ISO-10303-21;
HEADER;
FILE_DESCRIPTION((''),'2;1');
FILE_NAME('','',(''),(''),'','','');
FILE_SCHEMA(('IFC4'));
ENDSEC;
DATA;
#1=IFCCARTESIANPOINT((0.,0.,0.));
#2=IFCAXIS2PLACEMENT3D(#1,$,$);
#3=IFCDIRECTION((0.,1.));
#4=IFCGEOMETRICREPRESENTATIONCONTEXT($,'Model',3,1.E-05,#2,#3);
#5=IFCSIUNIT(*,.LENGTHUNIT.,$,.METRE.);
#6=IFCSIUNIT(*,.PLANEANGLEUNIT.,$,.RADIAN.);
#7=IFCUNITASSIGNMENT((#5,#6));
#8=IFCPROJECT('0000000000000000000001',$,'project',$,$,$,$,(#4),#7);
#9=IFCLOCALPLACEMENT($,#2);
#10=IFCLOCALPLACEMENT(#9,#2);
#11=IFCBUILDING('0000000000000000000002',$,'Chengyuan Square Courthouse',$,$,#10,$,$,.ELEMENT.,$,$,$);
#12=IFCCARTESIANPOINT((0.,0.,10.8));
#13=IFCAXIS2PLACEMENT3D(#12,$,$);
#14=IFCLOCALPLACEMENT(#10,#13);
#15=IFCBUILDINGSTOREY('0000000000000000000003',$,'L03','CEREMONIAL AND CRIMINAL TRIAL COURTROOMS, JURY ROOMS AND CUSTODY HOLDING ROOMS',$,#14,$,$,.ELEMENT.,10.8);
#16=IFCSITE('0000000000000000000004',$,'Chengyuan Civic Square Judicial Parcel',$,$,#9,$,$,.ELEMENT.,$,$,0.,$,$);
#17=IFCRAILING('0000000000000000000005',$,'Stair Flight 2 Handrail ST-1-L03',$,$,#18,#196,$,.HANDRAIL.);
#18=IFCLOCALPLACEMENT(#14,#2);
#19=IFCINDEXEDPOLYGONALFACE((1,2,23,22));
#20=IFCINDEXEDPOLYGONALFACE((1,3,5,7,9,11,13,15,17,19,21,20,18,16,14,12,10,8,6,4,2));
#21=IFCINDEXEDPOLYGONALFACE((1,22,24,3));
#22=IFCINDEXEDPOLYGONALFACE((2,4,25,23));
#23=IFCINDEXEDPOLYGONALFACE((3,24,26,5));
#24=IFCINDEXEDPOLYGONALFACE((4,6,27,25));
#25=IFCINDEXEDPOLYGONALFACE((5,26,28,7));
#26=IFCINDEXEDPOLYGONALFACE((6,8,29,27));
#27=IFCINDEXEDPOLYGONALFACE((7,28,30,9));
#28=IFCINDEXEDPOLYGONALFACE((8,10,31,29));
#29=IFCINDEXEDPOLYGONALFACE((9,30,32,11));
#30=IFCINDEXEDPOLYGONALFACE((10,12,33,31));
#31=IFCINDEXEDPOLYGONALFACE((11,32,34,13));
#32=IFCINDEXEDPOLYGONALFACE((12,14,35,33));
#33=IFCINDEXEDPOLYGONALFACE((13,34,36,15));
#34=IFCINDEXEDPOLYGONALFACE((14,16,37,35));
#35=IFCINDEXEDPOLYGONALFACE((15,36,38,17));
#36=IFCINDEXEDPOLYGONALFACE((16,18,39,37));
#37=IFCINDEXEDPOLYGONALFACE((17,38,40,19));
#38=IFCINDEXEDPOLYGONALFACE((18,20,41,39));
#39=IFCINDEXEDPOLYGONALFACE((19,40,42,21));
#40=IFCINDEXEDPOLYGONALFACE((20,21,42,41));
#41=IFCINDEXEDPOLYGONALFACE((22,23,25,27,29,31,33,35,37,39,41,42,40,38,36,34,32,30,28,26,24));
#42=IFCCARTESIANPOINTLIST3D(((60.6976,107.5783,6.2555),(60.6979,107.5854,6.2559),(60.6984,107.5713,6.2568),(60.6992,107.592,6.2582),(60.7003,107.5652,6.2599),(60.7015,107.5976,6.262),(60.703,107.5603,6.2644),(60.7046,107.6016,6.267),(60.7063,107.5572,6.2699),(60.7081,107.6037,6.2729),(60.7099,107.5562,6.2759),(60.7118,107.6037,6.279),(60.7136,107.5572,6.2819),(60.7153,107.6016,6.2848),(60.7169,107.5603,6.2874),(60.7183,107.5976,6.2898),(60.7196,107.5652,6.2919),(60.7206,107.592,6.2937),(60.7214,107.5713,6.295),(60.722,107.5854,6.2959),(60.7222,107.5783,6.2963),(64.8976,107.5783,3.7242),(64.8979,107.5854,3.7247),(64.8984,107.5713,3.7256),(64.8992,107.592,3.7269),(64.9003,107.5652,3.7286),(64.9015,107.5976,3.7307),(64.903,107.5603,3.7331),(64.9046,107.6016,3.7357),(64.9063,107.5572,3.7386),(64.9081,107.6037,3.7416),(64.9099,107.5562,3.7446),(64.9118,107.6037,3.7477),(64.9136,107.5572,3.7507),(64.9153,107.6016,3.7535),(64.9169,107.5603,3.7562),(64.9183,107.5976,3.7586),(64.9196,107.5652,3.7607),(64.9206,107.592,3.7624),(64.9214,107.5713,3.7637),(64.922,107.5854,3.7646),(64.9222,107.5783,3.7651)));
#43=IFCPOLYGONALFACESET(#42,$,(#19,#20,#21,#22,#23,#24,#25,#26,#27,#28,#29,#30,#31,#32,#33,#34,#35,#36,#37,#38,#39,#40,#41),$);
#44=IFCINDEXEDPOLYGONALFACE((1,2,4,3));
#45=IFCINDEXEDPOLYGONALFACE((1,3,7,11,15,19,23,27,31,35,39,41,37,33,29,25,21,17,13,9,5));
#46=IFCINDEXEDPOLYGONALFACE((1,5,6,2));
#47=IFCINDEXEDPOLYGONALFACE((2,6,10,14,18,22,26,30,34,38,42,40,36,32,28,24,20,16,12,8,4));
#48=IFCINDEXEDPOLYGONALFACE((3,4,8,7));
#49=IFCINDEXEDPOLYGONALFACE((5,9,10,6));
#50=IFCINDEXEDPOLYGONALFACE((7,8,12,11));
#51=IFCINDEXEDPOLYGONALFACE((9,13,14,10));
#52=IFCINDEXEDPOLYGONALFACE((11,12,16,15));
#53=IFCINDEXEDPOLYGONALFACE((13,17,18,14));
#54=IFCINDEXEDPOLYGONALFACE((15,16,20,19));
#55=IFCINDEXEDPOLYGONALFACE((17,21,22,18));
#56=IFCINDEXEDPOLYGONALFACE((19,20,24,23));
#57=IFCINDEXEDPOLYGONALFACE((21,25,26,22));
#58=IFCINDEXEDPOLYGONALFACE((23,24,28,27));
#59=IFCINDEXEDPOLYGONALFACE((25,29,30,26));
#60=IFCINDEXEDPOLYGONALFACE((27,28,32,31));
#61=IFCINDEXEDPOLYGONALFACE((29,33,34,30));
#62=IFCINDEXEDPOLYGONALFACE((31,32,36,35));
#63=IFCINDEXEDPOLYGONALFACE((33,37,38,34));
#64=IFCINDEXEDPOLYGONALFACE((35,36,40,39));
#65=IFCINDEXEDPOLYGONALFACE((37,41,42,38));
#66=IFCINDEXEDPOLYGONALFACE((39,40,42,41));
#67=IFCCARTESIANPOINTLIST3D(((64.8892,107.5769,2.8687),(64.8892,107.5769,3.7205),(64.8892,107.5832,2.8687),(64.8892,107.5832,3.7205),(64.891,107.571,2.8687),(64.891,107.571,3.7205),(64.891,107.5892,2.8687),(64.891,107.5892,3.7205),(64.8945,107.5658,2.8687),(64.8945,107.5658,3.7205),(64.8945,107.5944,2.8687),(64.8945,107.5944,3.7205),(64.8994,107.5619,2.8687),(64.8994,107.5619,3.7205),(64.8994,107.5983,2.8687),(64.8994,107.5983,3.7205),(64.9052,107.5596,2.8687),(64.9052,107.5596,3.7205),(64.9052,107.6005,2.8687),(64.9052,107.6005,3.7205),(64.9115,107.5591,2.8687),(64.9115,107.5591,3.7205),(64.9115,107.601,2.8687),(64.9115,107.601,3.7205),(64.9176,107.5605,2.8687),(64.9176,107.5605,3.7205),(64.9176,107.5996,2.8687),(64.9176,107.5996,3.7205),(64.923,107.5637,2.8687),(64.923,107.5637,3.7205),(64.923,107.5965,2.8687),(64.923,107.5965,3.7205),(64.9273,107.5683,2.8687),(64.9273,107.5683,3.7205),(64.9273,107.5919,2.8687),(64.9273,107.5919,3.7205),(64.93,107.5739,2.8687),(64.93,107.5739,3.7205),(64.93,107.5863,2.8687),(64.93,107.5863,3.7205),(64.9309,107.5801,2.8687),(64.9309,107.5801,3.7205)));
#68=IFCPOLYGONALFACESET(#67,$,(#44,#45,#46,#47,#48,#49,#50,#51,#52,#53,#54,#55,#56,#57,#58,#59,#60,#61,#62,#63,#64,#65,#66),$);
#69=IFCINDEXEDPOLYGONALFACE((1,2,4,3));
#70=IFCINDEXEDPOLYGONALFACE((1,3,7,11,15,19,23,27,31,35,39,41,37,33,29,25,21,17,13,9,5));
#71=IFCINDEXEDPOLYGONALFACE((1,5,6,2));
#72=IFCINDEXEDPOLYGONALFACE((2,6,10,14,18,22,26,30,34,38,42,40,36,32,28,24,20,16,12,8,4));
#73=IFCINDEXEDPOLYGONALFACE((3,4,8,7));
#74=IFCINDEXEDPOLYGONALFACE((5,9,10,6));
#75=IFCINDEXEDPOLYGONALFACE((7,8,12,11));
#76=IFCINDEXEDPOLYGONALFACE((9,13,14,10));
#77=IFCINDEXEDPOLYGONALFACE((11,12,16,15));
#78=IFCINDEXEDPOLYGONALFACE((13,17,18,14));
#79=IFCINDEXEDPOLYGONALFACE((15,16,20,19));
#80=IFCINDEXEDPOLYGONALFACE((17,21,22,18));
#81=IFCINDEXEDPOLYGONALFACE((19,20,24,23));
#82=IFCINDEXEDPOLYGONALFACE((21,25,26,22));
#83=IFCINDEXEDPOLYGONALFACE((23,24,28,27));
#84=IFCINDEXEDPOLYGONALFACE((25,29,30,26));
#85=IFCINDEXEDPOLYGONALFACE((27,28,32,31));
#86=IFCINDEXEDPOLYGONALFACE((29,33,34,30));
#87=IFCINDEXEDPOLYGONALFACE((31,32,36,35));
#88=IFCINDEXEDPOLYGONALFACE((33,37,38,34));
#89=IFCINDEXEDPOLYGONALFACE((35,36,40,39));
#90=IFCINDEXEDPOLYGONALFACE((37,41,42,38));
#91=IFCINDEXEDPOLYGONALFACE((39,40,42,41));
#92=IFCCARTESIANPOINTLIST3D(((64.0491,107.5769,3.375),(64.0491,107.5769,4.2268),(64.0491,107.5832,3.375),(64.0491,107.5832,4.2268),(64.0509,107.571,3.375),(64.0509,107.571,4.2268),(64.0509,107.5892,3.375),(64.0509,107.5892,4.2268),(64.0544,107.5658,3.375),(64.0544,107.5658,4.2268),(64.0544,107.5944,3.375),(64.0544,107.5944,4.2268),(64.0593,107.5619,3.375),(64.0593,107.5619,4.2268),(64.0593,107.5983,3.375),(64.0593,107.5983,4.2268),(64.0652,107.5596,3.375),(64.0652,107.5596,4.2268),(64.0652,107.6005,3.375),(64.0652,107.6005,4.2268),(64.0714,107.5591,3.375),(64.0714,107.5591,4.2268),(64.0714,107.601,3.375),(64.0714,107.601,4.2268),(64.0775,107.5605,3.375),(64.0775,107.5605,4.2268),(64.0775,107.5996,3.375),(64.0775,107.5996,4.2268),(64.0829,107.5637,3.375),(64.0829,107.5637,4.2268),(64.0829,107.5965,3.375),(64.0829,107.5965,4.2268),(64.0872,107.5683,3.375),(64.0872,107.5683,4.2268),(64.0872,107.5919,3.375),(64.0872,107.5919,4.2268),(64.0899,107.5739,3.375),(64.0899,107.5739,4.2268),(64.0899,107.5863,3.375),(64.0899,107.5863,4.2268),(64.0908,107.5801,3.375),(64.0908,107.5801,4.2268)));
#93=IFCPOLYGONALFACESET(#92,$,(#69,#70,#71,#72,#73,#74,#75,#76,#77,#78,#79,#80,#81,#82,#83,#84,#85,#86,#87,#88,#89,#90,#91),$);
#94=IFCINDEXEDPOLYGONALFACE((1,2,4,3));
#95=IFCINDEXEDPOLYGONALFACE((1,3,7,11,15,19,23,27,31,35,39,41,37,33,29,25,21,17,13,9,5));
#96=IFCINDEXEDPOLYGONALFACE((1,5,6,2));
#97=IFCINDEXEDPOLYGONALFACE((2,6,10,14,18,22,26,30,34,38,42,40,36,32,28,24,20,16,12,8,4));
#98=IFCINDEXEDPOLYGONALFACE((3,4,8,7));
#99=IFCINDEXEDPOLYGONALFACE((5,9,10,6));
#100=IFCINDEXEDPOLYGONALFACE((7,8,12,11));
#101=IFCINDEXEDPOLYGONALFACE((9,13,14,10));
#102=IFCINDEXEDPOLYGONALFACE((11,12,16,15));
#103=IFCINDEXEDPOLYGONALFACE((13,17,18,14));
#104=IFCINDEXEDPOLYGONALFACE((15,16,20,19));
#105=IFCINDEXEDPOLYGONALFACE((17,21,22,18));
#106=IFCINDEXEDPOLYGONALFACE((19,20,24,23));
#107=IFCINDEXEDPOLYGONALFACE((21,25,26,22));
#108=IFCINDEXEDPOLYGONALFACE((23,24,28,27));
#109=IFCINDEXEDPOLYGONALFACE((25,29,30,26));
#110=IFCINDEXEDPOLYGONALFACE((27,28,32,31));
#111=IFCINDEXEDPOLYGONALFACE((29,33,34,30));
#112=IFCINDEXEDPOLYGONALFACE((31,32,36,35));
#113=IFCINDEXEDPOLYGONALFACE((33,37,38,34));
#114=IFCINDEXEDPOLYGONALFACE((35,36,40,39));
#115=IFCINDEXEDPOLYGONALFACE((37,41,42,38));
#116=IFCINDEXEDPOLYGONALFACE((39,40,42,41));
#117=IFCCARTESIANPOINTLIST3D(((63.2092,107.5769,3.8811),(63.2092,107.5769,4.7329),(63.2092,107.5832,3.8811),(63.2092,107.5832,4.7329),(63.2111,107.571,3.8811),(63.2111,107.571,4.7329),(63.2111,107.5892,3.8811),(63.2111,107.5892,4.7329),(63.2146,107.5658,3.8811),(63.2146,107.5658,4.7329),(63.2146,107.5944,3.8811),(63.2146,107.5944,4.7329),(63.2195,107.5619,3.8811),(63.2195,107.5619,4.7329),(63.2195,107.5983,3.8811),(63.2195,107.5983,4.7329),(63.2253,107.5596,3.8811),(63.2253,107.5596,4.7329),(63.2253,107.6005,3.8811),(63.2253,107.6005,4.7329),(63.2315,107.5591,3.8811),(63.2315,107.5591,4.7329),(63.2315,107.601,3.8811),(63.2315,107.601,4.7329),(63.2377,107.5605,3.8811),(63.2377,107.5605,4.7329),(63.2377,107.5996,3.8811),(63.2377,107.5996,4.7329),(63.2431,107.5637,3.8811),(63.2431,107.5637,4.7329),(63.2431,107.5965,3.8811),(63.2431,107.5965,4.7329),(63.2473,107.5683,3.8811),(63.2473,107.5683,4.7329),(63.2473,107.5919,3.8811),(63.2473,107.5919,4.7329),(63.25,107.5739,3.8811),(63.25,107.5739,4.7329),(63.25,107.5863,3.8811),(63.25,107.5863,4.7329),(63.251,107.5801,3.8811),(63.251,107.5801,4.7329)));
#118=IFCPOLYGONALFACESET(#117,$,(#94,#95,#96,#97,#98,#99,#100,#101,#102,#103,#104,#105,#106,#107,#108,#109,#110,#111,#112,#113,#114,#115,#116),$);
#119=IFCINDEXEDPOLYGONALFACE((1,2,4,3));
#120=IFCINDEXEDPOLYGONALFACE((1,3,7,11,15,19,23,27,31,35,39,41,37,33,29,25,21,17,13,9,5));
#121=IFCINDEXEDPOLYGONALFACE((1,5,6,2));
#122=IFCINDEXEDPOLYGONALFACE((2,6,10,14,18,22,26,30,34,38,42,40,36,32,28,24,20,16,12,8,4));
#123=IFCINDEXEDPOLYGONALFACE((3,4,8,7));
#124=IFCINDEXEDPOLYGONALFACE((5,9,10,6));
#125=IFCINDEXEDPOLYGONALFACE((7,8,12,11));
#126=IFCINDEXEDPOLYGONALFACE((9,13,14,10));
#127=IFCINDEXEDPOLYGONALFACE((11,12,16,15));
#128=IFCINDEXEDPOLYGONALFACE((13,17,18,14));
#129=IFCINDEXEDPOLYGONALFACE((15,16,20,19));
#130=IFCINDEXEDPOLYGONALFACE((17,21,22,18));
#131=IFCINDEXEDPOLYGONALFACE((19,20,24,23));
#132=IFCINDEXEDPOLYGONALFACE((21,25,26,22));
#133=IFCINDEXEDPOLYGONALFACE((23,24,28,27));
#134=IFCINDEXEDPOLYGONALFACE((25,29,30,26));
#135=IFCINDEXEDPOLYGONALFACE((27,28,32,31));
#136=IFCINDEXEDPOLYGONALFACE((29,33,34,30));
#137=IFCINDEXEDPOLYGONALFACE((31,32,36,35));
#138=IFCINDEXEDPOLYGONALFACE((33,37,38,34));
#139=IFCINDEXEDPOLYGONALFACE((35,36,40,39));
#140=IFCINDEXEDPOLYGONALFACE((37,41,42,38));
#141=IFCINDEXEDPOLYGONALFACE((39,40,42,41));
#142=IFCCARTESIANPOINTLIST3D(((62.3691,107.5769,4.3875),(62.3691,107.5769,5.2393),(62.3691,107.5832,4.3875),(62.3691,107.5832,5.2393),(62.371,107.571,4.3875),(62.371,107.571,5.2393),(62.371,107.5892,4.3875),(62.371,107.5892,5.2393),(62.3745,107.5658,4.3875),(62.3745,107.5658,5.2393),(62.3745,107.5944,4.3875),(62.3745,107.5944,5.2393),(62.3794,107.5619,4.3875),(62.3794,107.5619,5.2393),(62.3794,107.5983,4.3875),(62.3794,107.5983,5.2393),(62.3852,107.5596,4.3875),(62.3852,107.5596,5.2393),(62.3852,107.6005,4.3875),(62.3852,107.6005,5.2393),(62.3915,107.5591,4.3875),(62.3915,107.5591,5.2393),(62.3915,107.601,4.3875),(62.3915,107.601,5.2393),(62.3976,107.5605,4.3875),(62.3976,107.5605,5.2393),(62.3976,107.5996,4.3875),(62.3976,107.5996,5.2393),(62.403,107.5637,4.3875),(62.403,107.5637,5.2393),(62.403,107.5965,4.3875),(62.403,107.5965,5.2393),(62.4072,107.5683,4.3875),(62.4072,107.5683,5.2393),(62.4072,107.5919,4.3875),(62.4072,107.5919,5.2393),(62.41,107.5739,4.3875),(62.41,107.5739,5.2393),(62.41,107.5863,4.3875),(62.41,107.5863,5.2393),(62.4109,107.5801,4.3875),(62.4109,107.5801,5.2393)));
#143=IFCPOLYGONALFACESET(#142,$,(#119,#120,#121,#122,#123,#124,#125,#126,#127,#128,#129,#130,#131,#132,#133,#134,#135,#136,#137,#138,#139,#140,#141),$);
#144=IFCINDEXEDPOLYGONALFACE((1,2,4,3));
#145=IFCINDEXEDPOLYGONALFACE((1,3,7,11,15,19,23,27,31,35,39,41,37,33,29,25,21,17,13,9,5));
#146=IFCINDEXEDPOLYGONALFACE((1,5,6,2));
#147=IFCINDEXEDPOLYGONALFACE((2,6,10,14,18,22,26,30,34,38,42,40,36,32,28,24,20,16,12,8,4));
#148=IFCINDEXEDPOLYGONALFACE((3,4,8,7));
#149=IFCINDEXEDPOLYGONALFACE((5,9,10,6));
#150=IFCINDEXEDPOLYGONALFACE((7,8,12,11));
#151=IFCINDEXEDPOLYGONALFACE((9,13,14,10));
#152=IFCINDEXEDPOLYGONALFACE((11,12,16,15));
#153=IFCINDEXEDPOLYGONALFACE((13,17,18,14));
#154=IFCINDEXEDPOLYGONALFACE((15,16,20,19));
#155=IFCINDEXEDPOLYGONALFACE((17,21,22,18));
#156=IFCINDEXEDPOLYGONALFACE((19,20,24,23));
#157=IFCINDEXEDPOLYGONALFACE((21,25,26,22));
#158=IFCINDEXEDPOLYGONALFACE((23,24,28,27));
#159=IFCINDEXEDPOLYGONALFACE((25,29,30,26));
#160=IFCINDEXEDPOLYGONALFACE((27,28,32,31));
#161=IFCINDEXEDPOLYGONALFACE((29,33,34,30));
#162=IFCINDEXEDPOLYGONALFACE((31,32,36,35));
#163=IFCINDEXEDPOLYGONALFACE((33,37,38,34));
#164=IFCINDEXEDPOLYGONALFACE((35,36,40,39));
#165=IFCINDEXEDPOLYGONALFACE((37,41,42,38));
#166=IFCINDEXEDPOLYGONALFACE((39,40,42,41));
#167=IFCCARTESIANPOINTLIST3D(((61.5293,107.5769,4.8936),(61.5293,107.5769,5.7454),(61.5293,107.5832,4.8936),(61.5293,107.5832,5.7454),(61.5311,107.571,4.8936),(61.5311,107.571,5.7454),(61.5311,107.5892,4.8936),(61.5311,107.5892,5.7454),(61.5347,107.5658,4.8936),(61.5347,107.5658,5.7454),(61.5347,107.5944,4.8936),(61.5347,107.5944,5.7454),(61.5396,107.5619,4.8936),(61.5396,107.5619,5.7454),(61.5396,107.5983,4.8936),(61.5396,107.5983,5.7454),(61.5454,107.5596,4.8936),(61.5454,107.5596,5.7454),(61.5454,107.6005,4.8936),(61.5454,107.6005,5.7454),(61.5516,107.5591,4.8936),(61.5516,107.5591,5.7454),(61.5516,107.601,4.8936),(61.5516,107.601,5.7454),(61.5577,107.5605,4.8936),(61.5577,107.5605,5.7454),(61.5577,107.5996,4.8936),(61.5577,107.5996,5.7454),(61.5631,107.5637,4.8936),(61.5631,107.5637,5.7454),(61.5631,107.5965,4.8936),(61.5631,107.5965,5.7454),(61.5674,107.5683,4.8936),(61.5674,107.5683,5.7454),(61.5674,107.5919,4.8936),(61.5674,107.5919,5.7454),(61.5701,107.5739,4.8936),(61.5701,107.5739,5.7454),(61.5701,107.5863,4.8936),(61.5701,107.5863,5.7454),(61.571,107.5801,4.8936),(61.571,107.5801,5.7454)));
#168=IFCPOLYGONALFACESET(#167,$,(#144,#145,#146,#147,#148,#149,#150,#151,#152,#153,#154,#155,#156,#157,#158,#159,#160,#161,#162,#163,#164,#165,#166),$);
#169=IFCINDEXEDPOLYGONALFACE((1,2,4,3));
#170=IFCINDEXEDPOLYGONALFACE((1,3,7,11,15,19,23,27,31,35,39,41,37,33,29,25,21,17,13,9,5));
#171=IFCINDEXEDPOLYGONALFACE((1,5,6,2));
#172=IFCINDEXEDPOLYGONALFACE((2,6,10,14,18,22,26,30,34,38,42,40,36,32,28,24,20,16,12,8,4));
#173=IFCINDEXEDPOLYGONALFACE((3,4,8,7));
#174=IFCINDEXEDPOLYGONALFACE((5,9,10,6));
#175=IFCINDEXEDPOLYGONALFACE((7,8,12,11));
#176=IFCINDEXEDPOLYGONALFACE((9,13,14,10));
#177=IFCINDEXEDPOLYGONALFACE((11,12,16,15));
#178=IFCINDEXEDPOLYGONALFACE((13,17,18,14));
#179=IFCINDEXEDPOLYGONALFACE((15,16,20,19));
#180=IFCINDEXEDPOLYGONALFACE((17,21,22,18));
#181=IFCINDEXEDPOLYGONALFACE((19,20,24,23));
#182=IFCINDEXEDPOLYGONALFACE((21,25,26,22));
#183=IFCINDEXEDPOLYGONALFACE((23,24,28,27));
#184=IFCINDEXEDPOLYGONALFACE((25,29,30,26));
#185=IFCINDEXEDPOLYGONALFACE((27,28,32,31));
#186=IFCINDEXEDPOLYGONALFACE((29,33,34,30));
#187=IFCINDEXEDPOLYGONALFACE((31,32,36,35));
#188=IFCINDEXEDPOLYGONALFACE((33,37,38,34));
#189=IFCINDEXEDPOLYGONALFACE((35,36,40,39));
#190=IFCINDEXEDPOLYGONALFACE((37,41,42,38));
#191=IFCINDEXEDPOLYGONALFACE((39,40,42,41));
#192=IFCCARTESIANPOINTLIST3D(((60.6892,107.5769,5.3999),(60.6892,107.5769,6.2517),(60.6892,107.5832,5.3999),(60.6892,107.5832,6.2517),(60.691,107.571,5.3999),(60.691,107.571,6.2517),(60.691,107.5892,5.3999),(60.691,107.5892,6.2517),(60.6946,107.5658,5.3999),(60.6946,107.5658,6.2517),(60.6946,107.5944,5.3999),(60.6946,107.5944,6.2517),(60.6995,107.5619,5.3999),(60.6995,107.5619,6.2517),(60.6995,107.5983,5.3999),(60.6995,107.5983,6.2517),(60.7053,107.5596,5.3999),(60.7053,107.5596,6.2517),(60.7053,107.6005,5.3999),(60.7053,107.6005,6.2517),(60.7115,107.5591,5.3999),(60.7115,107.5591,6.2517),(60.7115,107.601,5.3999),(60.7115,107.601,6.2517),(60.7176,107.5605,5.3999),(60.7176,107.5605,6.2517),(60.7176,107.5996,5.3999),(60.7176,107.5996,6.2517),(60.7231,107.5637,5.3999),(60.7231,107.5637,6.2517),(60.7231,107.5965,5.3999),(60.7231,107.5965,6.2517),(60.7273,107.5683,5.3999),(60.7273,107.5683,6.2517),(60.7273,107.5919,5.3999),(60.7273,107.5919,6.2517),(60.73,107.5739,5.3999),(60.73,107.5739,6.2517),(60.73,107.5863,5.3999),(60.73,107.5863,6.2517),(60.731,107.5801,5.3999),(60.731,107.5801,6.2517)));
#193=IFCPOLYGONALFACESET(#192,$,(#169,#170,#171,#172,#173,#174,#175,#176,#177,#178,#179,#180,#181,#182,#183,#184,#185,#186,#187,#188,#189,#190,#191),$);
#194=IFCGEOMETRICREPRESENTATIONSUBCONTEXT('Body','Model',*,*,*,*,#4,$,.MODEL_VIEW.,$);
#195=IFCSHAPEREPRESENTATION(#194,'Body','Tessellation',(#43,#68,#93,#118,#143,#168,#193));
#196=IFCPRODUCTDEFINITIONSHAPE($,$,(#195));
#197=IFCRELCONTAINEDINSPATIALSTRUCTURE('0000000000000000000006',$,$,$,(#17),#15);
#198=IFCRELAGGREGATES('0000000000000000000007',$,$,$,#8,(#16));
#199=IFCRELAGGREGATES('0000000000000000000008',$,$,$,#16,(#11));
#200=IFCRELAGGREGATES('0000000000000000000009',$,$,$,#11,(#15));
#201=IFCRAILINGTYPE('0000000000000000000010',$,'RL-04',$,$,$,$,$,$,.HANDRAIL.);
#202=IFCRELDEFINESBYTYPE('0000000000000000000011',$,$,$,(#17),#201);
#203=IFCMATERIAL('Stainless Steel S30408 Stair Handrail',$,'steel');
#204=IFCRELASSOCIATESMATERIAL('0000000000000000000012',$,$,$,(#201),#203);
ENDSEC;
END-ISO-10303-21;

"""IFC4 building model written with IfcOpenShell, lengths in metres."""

from ifc_helpers import new_model, si_unit, direction, frame, origin, origin_2d, place, context, subcontext, project, spatial, circle, extrude, material, type_object, element, save


model = new_model("IFC4")

# Units and contexts
model_context = context("Model", 3, precision=1e-05, world=origin(), true_north=direction((0.0, 1.0)))
body_context = subcontext(model_context, "Body", "Model", "MODEL_VIEW")
ifc_project = project(units=[si_unit("LENGTHUNIT", "METRE"), si_unit("PLANEANGLEUNIT", "RADIAN")], contexts=[model_context])

# Site, building, storey
site_placement = place(None, origin())
site = spatial("IfcSite", under=ifc_project, at=site_placement, Name="Chengyuan Civic Square Judicial Parcel", CompositionType="ELEMENT", RefElevation=0.0)
building_placement = place(site_placement, origin())
building = spatial("IfcBuilding", under=site, at=building_placement, Name="Chengyuan Square Courthouse", CompositionType="ELEMENT")
storey_placement = place(building_placement, frame((0.0, 0.0, 10.8)))
storey = spatial("IfcBuildingStorey", under=building, at=storey_placement, Name="L03", Description="CEREMONIAL AND CRIMINAL TRIAL COURTROOMS, JURY ROOMS AND CUSTODY HOLDING ROOMS", CompositionType="ELEMENT", Elevation=10.8)

# Railing
ifc_material_1 = material(Name="Stainless Steel S30408 Stair Handrail", Category="steel")
railing_type_1 = type_object("IfcRailingType", Name="RL-04", PredefinedType="HANDRAIL", material=ifc_material_1)
railing_1_placement = place(storey_placement, frame((64.9099, 107.5801, 2.8687)))
element("IfcRailing", 1, at=railing_1_placement, inside=storey, type_object=railing_type_1, Name="Stair Flight 2 Handrail ST-1-L03", PredefinedType="HANDRAIL", context=body_context, shape_type="SweptSolid", body=[
    extrude(circle(Radius=0.0239, at=origin_2d()), frame((0.0, 0.0, 0.876), z_axis=(-0.856476, 0.0, 0.516186), x_axis=(0.0, -1.0, 0.0)), (0.0, 0.0, 1.0), 4.9038),
    extrude(circle(Radius=0.021, at=origin_2d()), origin(), (0.0, 0.0, 1.0), 0.8518),
    extrude(circle(Radius=0.021, at=origin_2d()), frame((-0.8401, 0.0, 0.5063)), (0.0, 0.0, 1.0), 0.8518),
    extrude(circle(Radius=0.021, at=origin_2d()), frame((-1.6799, 0.0, 1.0125)), (0.0, 0.0, 1.0), 0.8518),
    extrude(circle(Radius=0.021, at=origin_2d()), frame((-2.52, 0.0, 1.5188)), (0.0, 0.0, 1.0), 0.8518),
    extrude(circle(Radius=0.021, at=origin_2d()), frame((-3.3599, 0.0, 2.0249)), (0.0, 0.0, 1.0), 0.8518),
    extrude(circle(Radius=0.021, at=origin_2d()), frame((-4.2, 0.0, 2.5312)), (0.0, 0.0, 1.0), 0.8518),
])

save(model, "model.ifc")
